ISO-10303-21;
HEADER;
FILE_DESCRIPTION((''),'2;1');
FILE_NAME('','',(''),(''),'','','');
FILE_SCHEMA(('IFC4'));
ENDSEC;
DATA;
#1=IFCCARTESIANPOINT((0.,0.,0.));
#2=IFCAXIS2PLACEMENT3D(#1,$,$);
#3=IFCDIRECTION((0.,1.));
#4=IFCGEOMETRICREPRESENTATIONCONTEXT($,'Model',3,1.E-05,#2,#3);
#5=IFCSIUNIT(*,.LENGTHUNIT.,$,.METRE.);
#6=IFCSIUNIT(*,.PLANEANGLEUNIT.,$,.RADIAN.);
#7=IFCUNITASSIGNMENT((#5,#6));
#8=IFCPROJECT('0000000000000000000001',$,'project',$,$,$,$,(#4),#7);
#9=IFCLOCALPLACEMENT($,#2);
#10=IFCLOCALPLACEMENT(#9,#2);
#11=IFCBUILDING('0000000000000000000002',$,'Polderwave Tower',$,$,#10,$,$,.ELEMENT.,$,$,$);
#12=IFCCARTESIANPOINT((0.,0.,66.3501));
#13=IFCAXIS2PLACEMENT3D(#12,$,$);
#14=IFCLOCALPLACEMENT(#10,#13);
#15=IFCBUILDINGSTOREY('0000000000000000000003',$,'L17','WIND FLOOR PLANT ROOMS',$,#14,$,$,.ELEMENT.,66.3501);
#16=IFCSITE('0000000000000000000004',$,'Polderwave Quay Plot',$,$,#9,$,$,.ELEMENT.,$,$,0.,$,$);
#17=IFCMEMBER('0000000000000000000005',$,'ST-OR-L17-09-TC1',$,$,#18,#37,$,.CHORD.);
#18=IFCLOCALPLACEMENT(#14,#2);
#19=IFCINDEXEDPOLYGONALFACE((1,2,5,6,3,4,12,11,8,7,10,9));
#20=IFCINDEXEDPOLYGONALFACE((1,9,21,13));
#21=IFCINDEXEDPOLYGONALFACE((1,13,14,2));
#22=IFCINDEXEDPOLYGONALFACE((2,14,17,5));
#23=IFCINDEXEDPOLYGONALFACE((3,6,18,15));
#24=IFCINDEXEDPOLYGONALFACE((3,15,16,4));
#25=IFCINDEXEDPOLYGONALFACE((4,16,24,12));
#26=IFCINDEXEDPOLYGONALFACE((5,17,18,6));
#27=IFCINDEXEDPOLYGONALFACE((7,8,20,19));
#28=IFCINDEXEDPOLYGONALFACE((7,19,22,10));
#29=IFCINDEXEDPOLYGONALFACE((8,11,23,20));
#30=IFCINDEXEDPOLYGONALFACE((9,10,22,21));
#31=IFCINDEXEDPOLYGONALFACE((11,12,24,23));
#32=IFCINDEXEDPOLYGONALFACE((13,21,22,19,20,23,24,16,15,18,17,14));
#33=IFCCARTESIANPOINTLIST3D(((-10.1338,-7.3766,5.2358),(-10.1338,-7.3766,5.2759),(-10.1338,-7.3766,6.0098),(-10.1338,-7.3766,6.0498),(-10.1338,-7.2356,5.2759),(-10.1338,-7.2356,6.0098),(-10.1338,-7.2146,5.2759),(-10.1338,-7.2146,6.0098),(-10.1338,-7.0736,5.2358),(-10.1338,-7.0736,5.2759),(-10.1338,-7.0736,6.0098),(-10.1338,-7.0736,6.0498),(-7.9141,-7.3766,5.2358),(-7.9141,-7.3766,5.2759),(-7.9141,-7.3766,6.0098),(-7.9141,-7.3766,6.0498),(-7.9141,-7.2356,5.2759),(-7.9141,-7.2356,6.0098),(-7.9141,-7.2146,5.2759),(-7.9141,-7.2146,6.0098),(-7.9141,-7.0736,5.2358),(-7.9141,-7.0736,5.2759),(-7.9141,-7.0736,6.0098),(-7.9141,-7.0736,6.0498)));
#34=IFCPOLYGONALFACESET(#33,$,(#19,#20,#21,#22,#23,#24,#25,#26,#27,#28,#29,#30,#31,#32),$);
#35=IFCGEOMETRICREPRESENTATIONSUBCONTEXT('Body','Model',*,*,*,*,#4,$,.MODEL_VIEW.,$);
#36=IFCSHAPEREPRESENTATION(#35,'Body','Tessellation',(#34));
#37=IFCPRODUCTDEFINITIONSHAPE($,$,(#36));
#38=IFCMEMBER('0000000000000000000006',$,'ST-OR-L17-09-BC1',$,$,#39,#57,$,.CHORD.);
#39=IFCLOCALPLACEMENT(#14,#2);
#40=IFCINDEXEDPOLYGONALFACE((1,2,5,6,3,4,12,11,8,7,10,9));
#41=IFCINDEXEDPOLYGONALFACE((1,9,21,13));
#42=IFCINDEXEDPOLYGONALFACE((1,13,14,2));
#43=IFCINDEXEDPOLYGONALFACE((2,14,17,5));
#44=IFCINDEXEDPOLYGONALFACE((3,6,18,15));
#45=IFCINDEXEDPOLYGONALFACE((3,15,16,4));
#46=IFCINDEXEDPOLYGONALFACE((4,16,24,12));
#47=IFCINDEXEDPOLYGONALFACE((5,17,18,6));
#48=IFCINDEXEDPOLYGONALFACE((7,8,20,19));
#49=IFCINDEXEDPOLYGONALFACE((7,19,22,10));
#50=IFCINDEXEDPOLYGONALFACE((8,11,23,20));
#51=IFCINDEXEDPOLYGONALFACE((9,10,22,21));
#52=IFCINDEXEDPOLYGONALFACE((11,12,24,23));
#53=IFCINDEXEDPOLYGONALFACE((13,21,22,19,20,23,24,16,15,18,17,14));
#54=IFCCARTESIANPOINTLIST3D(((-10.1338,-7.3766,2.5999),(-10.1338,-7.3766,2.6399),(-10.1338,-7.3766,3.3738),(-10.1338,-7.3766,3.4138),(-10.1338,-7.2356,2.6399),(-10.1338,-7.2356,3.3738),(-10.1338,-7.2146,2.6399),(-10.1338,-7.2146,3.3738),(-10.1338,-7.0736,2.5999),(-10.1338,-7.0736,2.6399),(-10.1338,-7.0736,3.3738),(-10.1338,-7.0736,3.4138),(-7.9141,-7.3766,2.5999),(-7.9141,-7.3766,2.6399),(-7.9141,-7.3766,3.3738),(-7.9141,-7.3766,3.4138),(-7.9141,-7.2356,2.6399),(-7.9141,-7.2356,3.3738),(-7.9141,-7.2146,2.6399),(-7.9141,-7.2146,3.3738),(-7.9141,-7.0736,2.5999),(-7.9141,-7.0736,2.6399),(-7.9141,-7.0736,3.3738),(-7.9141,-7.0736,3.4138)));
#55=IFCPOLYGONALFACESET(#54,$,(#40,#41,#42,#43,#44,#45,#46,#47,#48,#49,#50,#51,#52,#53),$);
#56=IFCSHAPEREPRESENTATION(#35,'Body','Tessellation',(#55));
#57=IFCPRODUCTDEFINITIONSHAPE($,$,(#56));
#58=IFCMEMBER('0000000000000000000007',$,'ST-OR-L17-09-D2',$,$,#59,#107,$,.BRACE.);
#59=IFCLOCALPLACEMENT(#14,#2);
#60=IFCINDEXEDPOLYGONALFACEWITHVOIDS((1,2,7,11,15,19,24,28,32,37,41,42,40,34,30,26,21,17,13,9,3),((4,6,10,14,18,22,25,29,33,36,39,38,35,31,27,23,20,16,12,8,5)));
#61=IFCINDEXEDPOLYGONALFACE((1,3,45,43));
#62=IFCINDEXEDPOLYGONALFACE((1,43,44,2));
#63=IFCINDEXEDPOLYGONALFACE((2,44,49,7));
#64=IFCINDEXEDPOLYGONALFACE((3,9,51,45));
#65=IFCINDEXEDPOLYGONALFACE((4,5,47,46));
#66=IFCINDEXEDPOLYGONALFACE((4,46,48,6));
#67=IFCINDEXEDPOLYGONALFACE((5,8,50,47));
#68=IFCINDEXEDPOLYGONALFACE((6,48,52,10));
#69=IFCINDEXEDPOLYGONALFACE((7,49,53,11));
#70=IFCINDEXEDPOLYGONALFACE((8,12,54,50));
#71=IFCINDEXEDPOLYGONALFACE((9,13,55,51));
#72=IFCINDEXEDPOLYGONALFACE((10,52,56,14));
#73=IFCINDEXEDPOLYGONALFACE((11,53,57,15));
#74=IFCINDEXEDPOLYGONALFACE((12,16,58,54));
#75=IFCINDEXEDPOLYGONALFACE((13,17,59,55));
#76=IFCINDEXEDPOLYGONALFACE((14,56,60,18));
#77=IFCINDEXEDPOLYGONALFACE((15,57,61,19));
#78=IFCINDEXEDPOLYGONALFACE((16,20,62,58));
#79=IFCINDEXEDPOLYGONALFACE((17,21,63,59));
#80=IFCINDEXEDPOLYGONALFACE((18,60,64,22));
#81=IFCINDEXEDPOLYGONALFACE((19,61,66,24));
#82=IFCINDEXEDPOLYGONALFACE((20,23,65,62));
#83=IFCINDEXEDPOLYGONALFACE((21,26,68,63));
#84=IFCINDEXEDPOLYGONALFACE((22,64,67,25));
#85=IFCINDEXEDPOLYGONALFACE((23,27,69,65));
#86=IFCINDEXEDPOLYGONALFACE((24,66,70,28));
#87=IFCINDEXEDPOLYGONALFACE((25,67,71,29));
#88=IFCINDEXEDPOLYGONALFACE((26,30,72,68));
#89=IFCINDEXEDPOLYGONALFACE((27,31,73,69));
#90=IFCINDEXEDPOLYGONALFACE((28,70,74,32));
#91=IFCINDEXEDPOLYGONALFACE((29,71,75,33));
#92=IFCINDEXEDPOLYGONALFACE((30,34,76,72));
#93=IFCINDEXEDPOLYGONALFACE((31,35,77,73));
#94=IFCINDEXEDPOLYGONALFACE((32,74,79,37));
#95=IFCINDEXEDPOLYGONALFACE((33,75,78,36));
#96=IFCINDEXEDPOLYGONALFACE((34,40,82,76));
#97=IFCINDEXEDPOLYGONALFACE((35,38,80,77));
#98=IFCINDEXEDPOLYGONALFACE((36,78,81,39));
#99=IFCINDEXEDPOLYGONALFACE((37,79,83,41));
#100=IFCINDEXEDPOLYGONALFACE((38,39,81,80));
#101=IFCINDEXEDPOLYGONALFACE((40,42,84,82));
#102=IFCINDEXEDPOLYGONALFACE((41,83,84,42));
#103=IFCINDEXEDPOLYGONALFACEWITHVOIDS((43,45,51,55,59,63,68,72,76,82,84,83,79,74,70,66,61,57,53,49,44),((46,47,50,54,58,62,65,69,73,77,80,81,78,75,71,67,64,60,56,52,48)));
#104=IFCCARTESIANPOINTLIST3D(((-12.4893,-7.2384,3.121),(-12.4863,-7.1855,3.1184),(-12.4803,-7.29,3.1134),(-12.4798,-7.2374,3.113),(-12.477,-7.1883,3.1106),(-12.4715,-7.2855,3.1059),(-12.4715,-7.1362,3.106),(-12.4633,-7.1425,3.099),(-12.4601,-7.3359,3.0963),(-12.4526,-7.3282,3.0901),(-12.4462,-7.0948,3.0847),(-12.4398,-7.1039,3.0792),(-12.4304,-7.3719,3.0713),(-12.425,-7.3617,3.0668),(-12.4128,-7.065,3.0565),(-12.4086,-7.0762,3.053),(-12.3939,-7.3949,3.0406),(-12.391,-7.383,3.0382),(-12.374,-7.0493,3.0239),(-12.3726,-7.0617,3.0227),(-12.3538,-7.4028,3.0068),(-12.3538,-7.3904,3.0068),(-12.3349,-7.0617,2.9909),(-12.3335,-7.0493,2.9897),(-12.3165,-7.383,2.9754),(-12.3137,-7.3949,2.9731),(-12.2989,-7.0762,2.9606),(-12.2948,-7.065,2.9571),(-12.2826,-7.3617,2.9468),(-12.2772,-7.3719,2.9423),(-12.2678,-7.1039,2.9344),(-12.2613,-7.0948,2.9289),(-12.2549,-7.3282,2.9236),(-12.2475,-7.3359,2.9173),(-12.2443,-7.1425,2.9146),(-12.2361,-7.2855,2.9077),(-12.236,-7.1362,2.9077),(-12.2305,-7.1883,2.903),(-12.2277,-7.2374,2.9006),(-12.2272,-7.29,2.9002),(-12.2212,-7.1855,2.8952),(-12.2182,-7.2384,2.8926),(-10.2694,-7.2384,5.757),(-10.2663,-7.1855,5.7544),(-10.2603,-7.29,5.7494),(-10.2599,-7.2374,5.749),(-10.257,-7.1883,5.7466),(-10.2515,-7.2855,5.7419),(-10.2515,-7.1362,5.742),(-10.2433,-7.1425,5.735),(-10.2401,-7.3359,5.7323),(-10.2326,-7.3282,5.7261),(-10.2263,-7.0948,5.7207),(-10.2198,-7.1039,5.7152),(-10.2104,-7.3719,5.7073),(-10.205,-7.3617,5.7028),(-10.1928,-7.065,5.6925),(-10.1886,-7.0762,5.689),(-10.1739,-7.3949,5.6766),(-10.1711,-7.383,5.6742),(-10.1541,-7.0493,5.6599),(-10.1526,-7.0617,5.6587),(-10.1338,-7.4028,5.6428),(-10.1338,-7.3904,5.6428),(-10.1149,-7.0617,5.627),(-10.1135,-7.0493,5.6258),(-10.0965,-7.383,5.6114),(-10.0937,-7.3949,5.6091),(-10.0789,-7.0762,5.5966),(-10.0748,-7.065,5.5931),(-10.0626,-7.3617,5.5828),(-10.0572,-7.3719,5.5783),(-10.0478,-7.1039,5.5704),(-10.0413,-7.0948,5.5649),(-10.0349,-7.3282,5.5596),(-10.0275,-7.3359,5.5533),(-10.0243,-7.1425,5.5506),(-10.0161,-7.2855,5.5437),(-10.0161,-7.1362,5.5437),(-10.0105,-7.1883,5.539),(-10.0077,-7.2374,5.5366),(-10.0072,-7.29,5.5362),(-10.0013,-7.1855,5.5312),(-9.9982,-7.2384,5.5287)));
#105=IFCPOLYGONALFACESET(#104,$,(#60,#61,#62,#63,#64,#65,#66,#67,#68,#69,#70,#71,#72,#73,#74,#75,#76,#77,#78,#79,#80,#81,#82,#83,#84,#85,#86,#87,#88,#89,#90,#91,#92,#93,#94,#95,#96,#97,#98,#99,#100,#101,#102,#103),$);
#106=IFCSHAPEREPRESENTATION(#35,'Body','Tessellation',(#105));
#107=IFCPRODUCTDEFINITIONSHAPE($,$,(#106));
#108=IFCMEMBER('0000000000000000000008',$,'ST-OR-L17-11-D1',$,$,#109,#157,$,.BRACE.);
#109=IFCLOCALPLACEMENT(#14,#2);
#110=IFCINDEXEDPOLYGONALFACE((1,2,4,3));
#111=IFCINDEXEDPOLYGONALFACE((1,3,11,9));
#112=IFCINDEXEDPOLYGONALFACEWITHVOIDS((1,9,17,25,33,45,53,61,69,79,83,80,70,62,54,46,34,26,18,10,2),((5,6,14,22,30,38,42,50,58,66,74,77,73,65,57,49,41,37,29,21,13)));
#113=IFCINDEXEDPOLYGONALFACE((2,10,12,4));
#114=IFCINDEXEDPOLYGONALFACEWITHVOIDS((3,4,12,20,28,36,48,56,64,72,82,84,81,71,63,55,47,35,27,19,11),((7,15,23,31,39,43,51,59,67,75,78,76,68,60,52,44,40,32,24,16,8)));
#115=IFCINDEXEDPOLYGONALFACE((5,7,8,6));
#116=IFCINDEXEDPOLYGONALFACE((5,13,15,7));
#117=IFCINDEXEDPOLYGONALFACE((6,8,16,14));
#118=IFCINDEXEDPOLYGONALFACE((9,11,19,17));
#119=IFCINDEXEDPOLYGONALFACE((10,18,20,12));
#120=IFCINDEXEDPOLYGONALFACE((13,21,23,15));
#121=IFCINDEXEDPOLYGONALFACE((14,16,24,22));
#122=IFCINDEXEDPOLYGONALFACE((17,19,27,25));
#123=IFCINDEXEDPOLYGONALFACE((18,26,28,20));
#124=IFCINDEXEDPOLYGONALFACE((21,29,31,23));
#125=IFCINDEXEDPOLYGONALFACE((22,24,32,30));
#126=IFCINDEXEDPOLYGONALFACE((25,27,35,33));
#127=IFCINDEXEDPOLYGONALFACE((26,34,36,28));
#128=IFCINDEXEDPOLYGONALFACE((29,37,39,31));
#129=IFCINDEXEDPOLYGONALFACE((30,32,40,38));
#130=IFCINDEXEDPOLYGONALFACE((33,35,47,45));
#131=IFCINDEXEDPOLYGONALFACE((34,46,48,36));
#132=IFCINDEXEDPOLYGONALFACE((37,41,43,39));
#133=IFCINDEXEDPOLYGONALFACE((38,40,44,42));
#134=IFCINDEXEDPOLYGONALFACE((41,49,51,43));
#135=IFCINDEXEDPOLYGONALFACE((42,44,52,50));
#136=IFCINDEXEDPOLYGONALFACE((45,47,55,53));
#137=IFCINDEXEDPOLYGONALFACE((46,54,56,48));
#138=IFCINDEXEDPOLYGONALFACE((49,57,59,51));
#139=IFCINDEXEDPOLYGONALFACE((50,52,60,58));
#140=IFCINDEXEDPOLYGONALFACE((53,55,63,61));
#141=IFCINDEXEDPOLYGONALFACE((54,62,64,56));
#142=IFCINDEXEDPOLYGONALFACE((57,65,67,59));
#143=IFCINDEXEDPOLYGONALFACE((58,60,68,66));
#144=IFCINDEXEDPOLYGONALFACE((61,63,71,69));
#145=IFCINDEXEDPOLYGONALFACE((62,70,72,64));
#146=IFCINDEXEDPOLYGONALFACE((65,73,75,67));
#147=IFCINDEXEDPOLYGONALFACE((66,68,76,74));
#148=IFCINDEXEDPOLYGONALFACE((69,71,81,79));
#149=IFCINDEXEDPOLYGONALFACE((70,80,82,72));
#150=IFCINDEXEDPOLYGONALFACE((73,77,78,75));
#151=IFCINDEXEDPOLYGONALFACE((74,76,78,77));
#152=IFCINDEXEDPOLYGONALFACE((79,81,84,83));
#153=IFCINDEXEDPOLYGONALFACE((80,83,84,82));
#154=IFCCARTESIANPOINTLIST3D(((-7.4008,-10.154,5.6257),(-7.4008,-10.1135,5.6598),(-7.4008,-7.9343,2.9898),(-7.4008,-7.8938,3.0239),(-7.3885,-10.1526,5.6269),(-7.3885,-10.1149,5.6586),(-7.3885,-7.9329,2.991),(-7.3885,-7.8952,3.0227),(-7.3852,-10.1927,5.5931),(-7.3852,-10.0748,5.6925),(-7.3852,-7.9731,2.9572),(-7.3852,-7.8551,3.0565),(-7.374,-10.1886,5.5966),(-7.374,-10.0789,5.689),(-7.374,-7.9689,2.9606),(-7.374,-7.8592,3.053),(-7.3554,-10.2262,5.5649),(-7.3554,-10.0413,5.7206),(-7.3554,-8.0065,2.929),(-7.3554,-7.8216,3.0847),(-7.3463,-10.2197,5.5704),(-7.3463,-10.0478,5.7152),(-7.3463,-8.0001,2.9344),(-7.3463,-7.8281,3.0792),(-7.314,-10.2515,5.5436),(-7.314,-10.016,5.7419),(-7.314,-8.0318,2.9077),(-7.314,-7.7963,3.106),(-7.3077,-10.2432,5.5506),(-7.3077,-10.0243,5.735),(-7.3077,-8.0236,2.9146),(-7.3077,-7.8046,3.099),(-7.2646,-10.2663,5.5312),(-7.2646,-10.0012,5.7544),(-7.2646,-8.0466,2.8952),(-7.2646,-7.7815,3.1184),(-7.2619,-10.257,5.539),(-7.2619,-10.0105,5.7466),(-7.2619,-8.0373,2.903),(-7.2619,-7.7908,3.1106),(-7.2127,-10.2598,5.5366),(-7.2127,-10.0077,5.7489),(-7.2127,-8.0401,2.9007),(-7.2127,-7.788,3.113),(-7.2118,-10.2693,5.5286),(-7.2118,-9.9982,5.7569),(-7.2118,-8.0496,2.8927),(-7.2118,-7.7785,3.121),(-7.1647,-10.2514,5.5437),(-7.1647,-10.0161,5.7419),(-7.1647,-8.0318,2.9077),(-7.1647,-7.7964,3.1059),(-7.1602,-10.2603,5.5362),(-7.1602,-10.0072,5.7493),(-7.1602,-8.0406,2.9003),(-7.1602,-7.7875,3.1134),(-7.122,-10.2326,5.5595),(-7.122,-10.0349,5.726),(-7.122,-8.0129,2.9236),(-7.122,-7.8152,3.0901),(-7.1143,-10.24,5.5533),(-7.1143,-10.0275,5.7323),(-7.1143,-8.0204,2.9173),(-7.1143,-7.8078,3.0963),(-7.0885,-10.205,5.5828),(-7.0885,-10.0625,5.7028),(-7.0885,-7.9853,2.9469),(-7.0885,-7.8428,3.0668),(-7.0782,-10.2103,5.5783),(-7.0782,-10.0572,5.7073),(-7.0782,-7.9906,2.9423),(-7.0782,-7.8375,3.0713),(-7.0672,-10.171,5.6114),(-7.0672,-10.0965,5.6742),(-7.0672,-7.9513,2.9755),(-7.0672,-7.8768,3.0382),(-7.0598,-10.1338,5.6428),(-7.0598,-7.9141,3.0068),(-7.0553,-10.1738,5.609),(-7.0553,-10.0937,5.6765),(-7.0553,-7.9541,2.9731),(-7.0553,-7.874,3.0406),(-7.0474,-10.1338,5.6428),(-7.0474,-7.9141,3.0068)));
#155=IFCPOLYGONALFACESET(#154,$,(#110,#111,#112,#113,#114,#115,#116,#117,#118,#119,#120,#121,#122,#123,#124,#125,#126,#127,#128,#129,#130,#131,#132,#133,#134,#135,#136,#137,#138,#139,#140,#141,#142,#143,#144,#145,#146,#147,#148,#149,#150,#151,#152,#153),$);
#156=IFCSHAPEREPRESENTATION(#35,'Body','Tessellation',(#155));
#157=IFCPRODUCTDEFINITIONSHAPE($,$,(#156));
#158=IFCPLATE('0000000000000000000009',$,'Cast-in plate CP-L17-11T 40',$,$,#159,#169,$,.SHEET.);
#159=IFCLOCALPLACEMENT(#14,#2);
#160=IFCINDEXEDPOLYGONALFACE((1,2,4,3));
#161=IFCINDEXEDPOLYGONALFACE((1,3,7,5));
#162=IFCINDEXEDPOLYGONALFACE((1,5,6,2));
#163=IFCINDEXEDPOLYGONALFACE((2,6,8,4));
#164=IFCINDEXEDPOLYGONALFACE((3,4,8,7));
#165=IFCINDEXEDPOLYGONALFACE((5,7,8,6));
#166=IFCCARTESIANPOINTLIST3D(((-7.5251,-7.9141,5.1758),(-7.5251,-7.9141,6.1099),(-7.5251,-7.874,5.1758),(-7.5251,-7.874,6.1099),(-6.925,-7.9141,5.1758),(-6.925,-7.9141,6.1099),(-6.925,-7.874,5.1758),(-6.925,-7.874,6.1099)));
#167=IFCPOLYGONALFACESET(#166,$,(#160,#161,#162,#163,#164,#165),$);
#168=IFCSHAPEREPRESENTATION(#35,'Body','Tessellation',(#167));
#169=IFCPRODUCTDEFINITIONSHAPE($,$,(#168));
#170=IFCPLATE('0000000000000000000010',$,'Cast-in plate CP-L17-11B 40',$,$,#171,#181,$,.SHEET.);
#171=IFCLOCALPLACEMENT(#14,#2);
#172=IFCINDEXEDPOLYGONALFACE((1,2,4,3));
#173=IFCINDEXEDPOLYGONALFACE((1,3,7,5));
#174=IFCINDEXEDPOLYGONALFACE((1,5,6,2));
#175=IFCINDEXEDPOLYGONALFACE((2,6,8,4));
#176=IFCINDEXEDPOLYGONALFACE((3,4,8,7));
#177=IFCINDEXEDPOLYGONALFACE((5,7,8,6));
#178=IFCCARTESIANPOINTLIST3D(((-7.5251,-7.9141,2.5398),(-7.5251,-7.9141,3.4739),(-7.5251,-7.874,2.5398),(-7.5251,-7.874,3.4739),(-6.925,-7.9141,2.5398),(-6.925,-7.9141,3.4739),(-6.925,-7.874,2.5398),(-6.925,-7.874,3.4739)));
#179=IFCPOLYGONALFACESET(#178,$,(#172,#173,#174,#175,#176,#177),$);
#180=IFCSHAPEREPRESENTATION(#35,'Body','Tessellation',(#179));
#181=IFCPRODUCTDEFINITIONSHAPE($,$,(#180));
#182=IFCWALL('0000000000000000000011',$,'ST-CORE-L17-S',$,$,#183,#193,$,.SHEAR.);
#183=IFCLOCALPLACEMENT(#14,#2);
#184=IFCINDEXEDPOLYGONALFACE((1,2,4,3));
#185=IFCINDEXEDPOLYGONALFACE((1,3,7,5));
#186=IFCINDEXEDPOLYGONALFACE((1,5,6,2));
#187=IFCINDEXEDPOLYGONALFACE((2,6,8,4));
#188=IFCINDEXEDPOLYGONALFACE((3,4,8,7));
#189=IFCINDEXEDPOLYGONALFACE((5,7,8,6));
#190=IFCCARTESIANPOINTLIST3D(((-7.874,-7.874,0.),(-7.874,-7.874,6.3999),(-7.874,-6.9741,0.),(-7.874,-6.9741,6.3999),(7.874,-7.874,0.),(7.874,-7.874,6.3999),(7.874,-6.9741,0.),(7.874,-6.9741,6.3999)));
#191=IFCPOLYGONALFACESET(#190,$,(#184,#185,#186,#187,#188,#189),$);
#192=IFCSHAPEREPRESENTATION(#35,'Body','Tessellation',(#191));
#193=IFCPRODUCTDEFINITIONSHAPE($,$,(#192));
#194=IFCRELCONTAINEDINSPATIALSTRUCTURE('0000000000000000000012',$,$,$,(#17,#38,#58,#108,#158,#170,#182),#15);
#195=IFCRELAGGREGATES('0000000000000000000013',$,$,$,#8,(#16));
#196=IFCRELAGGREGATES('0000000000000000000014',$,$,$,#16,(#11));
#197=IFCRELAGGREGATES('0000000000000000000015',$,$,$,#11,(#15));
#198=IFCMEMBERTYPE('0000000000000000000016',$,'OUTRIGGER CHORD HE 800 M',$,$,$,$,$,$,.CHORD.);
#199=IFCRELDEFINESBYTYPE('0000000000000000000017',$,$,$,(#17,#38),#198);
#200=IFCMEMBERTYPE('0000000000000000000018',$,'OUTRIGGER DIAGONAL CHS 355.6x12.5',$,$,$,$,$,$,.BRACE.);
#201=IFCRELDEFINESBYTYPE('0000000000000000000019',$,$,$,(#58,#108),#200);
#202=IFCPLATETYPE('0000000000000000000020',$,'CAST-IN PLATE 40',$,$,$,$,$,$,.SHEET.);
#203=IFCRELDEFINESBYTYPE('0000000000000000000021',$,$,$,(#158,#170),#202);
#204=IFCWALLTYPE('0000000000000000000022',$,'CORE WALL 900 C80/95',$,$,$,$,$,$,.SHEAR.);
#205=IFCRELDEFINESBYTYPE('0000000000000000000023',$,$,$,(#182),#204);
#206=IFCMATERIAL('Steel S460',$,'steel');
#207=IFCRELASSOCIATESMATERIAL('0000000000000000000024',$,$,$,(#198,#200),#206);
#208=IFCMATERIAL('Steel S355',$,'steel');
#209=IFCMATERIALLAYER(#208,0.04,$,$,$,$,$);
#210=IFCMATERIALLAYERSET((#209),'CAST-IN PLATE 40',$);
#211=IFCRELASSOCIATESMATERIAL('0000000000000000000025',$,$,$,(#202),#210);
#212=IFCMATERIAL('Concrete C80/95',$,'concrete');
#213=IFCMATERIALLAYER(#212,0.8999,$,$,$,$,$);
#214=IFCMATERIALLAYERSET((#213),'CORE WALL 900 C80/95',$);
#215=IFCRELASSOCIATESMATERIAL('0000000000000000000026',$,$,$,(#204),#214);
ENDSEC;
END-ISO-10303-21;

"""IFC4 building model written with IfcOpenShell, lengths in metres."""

from ifc_helpers import new_model, si_unit, direction, frame, frame_2d, origin, origin_2d, place, context, subcontext, project, spatial, rectangle, hollow_circle, i_section, extrude, material, layer, layer_set, material_profile, profile_set, type_object, element, save


model = new_model("IFC4")

# Units and contexts
model_context = context("Model", 3, precision=1e-05, world=origin(), true_north=direction((0.0, 1.0)))
body_context = subcontext(model_context, "Body", "Model", "MODEL_VIEW")
ifc_project = project(units=[si_unit("LENGTHUNIT", "METRE"), si_unit("PLANEANGLEUNIT", "RADIAN")], contexts=[model_context])

# Site, building, storey
site_placement = place(None, origin())
site = spatial("IfcSite", under=ifc_project, at=site_placement, Name="Polderwave Quay Plot", CompositionType="ELEMENT", RefElevation=0.0)
building_placement = place(site_placement, origin())
building = spatial("IfcBuilding", under=site, at=building_placement, Name="Polderwave Tower", CompositionType="ELEMENT")
storey_placement = place(building_placement, frame((0.0, 0.0, 66.3501)))
storey = spatial("IfcBuildingStorey", under=building, at=storey_placement, Name="L17", Description="WIND FLOOR PLANT ROOMS", CompositionType="ELEMENT", Elevation=66.3501)

# Members
ifc_material_1 = material(Name="Steel S460", Category="steel")
ifc_material_profile_1 = material_profile(ifc_material_1, i_section(OverallWidth=0.303, OverallDepth=0.814, WebThickness=0.021, FlangeThickness=0.04, at=origin_2d()), Name="HE 800 M")
ifc_profile_set_1 = profile_set([ifc_material_profile_1], Name="Steel S460")
member_type_1 = type_object("IfcMemberType", Name="OUTRIGGER CHORD HE 800 M", PredefinedType="CHORD", material=ifc_profile_set_1)
for number, where, z_axis, x_axis, name in (
    (1, (-7.9141, -7.2251, 5.6428), (-1.0, 0.0, 0.0), (0.0, -1.0, 0.0), "ST-OR-L17-09-TC1"),
    (2, (-7.9141, -7.2251, 3.0068), (-1.0, 0.0, 0.0), (0.0, -1.0, 0.0), "ST-OR-L17-09-BC1"),
):
    element("IfcMember", number, at=place(storey_placement, frame(where, z_axis=z_axis, x_axis=x_axis)), inside=storey, type_object=member_type_1, Name=name, PredefinedType="CHORD", context=body_context, shape_type="SweptSolid", body=[
        extrude(i_section(OverallWidth=0.303, OverallDepth=0.814, WebThickness=0.021, FlangeThickness=0.04, at=origin_2d()), origin(), (0.0, 0.0, 1.0), 2.2197),
    ])
ifc_material_profile_2 = material_profile(ifc_material_1, hollow_circle(Radius=0.1777, WallThickness=0.0125, at=origin_2d()), Name="CHS 355.6x12.5")
ifc_profile_set_2 = profile_set([ifc_material_profile_2], Name="Steel S460")
member_type_2 = type_object("IfcMemberType", Name="OUTRIGGER DIAGONAL CHS 355.6x12.5", PredefinedType="BRACE", material=ifc_profile_set_2)
member_1_placement = place(storey_placement, frame((-10.1338, -7.2251, 5.6428), z_axis=(-0.644168, 0.0, -0.764884), x_axis=(0.0, -1.0, 0.0)))
element("IfcMember", 3, at=member_1_placement, inside=storey, type_object=member_type_2, Name="ST-OR-L17-09-D2", PredefinedType="BRACE", context=body_context, shape_type="SweptSolid", body=[
    extrude(hollow_circle(Radius=0.1777, WallThickness=0.0125, at=origin_2d()), origin(), (0.0, 0.0, 1.0), 3.4463),
])
member_2_placement = place(storey_placement, frame((-7.2251, -7.9141, 3.0068), z_axis=(0.0, -0.644127, 0.764919), x_axis=(1.0, 0.0, 0.0)))
element("IfcMember", 4, at=member_2_placement, inside=storey, type_object=member_type_2, Name="ST-OR-L17-11-D1", PredefinedType="BRACE", context=body_context, shape_type="SweptSolid", body=[
    extrude(hollow_circle(Radius=0.1777, WallThickness=0.0125, at=origin_2d()), origin(), (0.0, 0.0, 1.0), 3.446),
])

# Plates
ifc_material_2 = material(Name="Steel S355", Category="steel")
ifc_layer_1 = layer(ifc_material_2, 0.04)
ifc_layer_set_1 = layer_set([ifc_layer_1], Name="CAST-IN PLATE 40")
plate_type = type_object("IfcPlateType", Name="CAST-IN PLATE 40", PredefinedType="SHEET", material=ifc_layer_set_1)
for number, where, z_axis, x_axis, name in (
    (5, (-7.2251, -7.894, 5.1758), (0.0, 0.0, 1.0), (0.0, 1.0, 0.0), "Cast-in plate CP-L17-11T 40"),
    (6, (-7.2251, -7.894, 2.5398), (0.0, 0.0, 1.0), (0.0, 1.0, 0.0), "Cast-in plate CP-L17-11B 40"),
):
    element("IfcPlate", number, at=place(storey_placement, frame(where, z_axis=z_axis, x_axis=x_axis)), inside=storey, type_object=plate_type, Name=name, PredefinedType="SHEET", context=body_context, shape_type="SweptSolid", body=[
        extrude(rectangle(XDim=0.04, YDim=0.6001, at=origin_2d()), origin(), (0.0, 0.0, 1.0), 0.9341),
    ])

# Wall
ifc_material_3 = material(Name="Concrete C80/95", Category="concrete")
ifc_layer_2 = layer(ifc_material_3, 0.8999)
ifc_layer_set_2 = layer_set([ifc_layer_2], Name="CORE WALL 900 C80/95")
wall_type_1 = type_object("IfcWallType", Name="CORE WALL 900 C80/95", PredefinedType="SHEAR", material=ifc_layer_set_2)
wall_1_placement = place(storey_placement, frame((-7.874, -7.4241, 0.0), z_axis=(0.0, 0.0, 1.0), x_axis=(1.0, 0.0, 0.0)))
element("IfcWall", 7, at=wall_1_placement, inside=storey, type_object=wall_type_1, Name="ST-CORE-L17-S", PredefinedType="SHEAR", context=body_context, shape_type="SweptSolid", body=[
    extrude(rectangle(XDim=15.748, YDim=0.8999, at=frame_2d((7.874, 0.0))), origin(), (0.0, 0.0, 1.0), 6.3999),
])

save(model, "model.ifc")
